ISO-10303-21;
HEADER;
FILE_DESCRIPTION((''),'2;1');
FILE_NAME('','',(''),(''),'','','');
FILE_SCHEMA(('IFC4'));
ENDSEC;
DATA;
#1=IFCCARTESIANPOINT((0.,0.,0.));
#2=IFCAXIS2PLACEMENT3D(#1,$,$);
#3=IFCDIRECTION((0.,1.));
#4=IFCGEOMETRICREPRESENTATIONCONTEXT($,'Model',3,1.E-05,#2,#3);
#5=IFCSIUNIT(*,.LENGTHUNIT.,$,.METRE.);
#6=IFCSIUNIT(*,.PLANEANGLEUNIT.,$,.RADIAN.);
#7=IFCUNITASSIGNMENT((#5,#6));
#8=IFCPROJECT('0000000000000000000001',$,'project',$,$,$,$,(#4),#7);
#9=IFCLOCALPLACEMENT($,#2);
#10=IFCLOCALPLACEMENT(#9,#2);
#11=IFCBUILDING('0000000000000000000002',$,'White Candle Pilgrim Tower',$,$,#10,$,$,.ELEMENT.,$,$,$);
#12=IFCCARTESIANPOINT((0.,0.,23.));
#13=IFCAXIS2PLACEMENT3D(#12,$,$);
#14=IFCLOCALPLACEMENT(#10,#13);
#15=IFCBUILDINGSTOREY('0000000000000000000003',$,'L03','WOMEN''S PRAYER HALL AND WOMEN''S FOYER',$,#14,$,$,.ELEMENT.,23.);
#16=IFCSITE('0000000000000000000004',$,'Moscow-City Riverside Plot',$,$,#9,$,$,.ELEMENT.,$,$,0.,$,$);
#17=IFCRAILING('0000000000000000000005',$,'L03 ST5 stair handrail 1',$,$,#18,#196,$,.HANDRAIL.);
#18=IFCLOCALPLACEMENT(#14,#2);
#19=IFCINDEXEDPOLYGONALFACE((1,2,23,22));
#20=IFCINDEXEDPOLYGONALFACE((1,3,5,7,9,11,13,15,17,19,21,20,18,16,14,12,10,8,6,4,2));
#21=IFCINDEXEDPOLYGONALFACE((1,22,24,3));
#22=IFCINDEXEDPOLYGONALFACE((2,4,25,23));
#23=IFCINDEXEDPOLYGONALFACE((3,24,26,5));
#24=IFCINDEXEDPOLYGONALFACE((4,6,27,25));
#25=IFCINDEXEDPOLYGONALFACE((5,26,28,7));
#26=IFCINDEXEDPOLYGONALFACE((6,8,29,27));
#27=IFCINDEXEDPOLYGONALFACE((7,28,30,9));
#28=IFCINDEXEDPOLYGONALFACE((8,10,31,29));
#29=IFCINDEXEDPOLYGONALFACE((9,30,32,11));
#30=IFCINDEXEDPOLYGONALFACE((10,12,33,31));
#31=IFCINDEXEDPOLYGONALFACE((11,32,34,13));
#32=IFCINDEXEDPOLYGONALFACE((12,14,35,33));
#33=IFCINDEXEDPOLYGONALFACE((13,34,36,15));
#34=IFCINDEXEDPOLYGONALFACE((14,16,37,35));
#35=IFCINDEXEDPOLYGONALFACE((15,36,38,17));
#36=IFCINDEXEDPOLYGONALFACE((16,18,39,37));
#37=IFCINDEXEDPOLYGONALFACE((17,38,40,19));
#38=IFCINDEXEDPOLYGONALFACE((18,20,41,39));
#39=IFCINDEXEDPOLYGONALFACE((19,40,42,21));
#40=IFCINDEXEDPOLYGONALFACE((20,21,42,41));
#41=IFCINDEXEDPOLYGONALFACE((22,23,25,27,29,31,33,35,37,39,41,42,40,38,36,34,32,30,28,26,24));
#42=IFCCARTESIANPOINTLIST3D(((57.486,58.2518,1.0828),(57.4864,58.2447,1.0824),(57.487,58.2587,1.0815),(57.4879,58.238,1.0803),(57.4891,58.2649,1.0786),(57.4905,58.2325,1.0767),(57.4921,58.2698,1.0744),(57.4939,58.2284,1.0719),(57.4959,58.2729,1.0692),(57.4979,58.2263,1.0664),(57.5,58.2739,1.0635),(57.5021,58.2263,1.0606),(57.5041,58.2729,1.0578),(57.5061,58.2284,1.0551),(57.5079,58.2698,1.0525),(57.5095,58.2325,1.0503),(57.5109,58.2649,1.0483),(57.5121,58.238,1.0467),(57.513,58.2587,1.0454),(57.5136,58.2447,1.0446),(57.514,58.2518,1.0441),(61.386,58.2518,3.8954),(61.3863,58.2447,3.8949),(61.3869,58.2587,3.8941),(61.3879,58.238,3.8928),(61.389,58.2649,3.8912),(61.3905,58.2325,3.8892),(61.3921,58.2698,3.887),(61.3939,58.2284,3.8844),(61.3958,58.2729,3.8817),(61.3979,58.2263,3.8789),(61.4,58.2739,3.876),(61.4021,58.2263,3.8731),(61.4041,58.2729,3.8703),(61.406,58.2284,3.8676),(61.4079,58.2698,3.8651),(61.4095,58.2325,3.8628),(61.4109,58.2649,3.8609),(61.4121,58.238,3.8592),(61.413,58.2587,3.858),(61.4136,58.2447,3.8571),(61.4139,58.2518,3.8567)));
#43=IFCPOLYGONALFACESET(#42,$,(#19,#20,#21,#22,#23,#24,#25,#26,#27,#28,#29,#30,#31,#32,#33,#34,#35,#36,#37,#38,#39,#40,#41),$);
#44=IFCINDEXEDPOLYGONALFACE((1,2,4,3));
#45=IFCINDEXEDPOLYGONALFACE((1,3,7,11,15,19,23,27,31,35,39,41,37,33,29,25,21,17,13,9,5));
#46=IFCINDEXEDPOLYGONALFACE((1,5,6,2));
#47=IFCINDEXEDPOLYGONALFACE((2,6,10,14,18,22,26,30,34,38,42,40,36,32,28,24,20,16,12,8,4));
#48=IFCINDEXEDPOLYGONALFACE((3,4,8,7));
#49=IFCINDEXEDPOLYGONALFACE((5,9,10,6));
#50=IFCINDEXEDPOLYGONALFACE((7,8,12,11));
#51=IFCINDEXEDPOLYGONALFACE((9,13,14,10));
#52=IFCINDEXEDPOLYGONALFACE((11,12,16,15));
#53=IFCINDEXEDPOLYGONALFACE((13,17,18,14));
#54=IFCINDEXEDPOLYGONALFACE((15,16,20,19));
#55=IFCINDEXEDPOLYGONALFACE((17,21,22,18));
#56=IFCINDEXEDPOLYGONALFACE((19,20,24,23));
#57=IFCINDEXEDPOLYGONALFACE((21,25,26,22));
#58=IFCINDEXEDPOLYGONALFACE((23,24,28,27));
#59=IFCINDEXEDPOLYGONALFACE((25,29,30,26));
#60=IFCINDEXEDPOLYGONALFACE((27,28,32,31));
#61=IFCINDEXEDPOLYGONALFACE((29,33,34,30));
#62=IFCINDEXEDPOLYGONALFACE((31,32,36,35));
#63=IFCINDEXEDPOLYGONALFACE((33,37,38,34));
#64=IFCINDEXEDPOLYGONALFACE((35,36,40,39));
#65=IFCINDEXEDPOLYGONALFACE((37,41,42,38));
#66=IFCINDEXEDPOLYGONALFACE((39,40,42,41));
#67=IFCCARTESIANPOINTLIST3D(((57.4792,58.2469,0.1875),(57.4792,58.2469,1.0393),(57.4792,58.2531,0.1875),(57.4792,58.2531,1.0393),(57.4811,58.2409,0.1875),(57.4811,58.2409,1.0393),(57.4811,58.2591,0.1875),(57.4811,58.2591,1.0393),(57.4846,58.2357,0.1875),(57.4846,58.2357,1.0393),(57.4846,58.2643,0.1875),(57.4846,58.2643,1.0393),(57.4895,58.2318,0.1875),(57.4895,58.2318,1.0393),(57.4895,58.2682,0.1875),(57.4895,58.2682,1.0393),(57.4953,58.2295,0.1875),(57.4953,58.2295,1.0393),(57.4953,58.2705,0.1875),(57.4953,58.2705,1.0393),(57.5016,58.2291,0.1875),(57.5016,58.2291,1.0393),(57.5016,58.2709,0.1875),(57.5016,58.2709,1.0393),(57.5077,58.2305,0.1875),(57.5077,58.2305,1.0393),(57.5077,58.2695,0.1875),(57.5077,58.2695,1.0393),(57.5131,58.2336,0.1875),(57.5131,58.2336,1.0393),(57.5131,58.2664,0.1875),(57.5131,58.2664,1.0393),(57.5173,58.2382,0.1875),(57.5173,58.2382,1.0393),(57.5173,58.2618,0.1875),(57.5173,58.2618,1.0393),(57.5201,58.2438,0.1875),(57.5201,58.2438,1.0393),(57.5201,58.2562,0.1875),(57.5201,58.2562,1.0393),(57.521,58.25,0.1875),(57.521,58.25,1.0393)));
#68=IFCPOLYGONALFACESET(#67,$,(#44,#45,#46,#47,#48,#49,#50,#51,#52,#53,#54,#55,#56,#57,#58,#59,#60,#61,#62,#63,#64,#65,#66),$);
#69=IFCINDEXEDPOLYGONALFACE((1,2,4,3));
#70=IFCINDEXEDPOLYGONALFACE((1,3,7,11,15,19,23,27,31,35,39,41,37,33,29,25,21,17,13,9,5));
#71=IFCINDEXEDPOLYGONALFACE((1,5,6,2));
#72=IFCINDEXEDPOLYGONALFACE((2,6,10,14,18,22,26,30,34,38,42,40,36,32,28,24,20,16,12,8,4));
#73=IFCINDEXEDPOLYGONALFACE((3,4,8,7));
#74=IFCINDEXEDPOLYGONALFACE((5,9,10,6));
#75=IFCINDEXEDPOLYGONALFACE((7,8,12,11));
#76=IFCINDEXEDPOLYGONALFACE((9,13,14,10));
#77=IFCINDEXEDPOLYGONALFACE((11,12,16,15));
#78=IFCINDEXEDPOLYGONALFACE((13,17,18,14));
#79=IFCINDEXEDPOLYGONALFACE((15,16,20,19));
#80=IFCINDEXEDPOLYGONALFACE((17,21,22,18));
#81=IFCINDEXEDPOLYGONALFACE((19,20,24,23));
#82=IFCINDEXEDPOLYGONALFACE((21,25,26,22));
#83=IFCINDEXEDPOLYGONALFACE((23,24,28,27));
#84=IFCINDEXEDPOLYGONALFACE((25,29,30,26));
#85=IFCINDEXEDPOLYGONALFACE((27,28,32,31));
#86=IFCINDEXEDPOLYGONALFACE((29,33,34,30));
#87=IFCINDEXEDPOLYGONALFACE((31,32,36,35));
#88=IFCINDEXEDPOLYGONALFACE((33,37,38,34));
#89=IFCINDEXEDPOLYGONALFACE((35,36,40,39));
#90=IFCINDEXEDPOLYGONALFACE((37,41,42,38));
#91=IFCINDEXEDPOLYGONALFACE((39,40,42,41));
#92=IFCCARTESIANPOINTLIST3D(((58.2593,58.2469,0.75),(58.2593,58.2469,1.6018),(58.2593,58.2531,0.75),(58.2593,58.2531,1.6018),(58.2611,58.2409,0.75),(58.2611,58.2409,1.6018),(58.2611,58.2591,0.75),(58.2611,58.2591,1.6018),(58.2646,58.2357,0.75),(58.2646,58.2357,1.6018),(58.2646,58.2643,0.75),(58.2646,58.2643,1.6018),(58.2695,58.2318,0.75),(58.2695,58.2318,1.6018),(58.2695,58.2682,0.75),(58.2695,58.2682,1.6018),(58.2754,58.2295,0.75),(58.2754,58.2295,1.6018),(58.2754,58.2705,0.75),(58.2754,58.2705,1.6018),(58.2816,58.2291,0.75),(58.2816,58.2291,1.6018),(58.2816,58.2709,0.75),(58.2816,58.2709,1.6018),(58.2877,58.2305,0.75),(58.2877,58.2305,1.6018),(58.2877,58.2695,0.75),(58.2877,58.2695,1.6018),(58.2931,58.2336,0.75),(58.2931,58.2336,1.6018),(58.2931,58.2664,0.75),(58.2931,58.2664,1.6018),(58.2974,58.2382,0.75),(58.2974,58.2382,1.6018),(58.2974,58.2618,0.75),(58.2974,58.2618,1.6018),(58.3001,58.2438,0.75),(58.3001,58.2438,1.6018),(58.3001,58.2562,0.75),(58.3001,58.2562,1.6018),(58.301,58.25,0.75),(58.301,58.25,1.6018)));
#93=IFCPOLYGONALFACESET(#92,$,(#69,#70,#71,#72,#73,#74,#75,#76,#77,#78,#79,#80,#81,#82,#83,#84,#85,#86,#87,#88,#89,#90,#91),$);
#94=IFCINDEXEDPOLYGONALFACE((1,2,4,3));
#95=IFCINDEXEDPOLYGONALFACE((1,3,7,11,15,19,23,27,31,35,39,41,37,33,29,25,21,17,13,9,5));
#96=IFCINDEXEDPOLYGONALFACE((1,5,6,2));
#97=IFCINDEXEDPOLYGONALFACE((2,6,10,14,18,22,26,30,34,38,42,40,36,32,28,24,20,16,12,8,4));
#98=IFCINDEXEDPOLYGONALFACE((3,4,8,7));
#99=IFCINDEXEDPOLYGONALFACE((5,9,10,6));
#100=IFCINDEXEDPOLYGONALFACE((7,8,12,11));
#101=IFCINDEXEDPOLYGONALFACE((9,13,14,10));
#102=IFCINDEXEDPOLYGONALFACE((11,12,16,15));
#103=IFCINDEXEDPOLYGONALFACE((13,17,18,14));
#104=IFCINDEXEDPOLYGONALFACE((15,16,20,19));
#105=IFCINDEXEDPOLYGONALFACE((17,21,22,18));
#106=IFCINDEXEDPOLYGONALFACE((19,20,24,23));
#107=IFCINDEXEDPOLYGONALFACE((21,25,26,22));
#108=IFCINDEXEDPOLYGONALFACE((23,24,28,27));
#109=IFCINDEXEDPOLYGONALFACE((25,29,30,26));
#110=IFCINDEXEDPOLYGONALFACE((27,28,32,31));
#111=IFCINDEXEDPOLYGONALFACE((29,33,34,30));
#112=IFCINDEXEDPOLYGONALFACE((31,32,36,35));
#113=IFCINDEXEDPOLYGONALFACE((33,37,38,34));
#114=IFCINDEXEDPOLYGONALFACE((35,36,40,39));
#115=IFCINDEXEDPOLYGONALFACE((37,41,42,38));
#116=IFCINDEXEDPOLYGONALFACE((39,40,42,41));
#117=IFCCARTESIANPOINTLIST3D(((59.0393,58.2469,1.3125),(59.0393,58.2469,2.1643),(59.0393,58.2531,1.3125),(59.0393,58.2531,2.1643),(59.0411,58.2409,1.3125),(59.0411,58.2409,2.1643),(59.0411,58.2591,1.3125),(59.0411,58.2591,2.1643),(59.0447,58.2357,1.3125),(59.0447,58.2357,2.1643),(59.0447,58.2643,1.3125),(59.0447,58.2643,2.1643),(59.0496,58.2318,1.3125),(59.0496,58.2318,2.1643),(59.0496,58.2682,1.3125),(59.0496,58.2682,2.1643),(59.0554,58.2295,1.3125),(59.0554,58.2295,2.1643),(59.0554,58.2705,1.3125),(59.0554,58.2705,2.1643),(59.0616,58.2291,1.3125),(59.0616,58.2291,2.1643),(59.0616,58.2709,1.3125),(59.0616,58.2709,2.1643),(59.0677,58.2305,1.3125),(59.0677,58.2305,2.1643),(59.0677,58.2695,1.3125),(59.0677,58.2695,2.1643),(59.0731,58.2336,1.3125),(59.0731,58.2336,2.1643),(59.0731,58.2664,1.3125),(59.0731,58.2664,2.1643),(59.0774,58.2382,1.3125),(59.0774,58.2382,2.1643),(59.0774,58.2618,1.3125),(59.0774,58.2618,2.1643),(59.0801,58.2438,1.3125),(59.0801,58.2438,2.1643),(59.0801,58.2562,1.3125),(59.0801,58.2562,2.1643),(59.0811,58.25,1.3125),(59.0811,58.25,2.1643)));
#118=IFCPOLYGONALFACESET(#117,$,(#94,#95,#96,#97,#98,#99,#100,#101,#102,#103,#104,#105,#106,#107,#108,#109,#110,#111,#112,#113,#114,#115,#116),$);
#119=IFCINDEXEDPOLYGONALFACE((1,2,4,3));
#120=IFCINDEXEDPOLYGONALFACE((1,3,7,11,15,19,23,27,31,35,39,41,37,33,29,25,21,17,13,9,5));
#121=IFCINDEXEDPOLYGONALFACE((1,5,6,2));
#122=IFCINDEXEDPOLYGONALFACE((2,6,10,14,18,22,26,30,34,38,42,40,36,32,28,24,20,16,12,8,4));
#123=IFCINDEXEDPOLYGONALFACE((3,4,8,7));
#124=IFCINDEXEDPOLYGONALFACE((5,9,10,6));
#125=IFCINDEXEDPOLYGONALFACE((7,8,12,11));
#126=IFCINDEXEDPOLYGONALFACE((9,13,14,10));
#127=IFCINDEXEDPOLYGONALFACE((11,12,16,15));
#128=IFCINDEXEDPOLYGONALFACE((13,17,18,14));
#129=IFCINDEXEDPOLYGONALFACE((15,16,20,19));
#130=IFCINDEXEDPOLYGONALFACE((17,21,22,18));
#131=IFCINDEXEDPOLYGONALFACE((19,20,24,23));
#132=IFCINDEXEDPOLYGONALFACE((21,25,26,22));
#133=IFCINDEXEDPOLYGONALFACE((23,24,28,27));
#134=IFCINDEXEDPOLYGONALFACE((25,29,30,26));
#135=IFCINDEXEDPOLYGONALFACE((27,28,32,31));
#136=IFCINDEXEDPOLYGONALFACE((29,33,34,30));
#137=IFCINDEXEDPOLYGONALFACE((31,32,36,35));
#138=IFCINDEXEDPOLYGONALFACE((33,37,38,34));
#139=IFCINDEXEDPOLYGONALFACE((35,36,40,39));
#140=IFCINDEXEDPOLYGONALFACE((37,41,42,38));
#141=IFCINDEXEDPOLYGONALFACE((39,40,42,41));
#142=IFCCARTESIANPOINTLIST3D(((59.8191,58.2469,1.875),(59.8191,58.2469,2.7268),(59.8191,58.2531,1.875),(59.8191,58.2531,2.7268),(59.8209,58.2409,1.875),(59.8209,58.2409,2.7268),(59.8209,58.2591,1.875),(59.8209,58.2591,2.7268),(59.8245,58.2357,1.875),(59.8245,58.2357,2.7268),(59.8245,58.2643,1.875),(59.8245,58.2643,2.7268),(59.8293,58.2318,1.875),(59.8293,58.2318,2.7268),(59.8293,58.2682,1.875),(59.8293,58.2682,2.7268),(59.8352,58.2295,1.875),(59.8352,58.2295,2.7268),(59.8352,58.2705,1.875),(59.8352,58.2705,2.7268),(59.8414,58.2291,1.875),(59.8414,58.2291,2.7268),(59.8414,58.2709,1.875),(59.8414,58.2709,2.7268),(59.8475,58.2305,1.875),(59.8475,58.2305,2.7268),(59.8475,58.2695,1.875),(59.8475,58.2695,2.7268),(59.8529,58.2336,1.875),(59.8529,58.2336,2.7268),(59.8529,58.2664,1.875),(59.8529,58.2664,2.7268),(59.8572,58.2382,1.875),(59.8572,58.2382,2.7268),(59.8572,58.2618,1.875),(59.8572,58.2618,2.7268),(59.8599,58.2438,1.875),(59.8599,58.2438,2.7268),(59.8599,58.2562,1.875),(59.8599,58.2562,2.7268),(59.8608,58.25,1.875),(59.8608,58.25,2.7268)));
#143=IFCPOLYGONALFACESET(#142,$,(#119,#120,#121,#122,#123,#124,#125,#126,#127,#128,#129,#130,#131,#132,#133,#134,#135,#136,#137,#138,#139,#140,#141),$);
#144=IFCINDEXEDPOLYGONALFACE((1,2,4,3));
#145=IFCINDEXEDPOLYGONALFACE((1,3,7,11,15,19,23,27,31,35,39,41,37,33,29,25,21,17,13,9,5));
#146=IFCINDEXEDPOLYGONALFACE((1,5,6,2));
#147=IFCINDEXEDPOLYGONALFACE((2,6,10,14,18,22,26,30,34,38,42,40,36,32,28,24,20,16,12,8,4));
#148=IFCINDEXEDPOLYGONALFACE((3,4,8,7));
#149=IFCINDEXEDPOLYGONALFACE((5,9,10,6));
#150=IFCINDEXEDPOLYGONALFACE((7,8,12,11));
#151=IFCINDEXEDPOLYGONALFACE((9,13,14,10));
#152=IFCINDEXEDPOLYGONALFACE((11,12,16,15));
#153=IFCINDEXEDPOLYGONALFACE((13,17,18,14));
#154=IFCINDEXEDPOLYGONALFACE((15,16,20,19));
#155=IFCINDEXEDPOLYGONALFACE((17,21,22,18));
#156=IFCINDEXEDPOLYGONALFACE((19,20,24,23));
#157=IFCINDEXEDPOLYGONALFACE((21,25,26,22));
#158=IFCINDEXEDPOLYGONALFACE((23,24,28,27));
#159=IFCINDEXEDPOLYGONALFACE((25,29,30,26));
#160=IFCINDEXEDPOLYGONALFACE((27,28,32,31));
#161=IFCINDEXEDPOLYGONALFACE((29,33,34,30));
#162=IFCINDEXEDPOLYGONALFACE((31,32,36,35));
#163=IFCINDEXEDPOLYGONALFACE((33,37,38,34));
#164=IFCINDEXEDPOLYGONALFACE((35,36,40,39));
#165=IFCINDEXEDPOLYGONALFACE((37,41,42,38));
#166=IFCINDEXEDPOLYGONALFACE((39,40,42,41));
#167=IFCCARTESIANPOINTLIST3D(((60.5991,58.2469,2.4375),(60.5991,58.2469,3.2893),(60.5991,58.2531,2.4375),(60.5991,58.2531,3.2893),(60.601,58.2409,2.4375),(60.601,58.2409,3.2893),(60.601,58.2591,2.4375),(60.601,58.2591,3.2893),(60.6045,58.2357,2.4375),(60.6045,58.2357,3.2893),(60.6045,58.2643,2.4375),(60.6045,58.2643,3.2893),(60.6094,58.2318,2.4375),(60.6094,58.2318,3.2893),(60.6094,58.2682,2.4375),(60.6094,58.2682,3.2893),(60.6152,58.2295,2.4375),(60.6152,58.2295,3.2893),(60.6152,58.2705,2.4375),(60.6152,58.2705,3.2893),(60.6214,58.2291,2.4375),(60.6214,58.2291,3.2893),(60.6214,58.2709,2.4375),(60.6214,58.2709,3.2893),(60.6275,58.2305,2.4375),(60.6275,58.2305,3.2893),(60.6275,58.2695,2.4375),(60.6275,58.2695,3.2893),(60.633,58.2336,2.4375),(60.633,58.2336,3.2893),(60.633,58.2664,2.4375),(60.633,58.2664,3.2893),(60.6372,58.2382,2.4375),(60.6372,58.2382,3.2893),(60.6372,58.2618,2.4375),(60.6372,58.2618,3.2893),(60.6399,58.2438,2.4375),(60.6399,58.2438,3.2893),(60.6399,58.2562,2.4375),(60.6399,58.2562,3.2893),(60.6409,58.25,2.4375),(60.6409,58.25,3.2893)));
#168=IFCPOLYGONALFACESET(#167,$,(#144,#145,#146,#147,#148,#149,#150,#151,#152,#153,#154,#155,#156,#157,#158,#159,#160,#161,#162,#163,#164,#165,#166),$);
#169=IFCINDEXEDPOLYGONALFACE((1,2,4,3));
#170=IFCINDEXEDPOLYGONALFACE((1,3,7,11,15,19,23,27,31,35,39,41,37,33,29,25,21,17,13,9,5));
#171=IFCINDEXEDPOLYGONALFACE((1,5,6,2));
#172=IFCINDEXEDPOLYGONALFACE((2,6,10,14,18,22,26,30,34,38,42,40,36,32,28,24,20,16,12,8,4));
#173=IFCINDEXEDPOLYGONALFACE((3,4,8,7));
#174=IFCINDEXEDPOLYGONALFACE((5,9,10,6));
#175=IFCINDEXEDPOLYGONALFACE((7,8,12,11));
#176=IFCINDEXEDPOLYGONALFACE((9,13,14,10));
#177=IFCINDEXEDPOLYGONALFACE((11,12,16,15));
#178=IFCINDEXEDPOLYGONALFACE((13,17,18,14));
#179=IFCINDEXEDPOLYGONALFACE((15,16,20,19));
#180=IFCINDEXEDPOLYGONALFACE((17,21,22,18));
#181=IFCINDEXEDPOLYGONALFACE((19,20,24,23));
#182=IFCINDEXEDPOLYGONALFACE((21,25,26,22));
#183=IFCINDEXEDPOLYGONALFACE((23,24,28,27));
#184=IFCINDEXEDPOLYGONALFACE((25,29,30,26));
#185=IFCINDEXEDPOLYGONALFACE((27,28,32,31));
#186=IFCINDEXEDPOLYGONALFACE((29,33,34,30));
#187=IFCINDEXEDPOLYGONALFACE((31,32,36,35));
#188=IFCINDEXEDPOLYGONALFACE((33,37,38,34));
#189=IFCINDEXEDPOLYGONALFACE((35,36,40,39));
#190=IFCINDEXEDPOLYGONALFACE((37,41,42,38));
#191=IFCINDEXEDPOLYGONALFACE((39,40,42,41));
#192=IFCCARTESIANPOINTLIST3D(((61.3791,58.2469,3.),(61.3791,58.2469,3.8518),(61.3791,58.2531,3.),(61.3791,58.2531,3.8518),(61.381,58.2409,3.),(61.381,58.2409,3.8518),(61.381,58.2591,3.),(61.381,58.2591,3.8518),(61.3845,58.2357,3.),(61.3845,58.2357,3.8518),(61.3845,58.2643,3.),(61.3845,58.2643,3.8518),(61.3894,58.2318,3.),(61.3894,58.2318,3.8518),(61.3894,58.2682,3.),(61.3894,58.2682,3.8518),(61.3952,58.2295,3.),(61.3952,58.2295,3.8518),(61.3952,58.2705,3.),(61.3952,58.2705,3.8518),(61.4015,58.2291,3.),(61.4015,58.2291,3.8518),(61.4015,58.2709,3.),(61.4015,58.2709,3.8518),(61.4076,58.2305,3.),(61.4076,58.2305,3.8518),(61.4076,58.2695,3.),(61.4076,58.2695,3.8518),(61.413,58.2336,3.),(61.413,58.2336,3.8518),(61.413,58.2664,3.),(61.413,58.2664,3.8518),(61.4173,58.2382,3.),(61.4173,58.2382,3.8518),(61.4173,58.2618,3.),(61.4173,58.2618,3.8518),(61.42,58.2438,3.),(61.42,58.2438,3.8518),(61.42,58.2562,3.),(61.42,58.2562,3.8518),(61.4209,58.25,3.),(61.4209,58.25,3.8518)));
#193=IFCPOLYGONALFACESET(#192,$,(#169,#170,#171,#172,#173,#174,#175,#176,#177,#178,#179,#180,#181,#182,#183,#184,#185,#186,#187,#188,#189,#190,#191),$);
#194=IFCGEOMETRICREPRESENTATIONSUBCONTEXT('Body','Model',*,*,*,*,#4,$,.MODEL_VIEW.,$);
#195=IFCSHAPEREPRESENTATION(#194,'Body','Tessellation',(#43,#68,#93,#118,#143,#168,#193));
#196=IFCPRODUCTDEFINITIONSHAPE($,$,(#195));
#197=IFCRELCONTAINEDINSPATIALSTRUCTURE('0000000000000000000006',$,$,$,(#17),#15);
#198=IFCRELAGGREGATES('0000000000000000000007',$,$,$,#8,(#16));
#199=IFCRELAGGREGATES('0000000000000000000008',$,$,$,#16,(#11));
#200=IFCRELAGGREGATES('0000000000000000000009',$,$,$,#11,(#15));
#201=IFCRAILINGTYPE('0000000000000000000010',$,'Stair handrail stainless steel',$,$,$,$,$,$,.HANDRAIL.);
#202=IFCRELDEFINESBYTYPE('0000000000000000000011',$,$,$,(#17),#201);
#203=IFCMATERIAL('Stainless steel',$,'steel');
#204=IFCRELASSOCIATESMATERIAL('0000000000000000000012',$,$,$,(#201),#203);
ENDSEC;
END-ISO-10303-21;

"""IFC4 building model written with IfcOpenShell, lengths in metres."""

from ifc_helpers import new_model, si_unit, direction, frame, origin, origin_2d, place, context, subcontext, project, spatial, circle, extrude, material, type_object, element, save


model = new_model("IFC4")

# Units and contexts
model_context = context("Model", 3, precision=1e-05, world=origin(), true_north=direction((0.0, 1.0)))
body_context = subcontext(model_context, "Body", "Model", "MODEL_VIEW")
ifc_project = project(units=[si_unit("LENGTHUNIT", "METRE"), si_unit("PLANEANGLEUNIT", "RADIAN")], contexts=[model_context])

# Site, building, storey
site_placement = place(None, origin())
site = spatial("IfcSite", under=ifc_project, at=site_placement, Name="Moscow-City Riverside Plot", CompositionType="ELEMENT", RefElevation=0.0)
building_placement = place(site_placement, origin())
building = spatial("IfcBuilding", under=site, at=building_placement, Name="White Candle Pilgrim Tower", CompositionType="ELEMENT")
storey_placement = place(building_placement, frame((0.0, 0.0, 23.0)))
storey = spatial("IfcBuildingStorey", under=building, at=storey_placement, Name="L03", Description="WOMEN'S PRAYER HALL AND WOMEN'S FOYER", CompositionType="ELEMENT", Elevation=23.0)

# Railing
ifc_material_1 = material(Name="Stainless steel", Category="steel")
railing_type_1 = type_object("IfcRailingType", Name="Stair handrail stainless steel", PredefinedType="HANDRAIL", material=ifc_material_1)
railing_1_placement = place(storey_placement, frame((57.5, 58.25, 0.1875)))
element("IfcRailing", 1, at=railing_1_placement, inside=storey, type_object=railing_type_1, Name="L03 ST5 stair handrail 1", PredefinedType="HANDRAIL", context=body_context, shape_type="SweptSolid", body=[
    extrude(circle(Radius=0.0239, at=origin_2d()), frame((0.0, 0.0, 0.876), z_axis=(0.811083, 0.0, 0.584931), x_axis=(0.0, 1.0, 0.0)), (0.0, 0.0, 1.0), 4.8083),
    extrude(circle(Radius=0.021, at=origin_2d()), origin(), (0.0, 0.0, 1.0), 0.8518),
    extrude(circle(Radius=0.021, at=origin_2d()), frame((0.78, 0.0, 0.5625)), (0.0, 0.0, 1.0), 0.8518),
    extrude(circle(Radius=0.021, at=origin_2d()), frame((1.5601, 0.0, 1.125)), (0.0, 0.0, 1.0), 0.8518),
    extrude(circle(Radius=0.021, at=origin_2d()), frame((2.3398, 0.0, 1.6875)), (0.0, 0.0, 1.0), 0.8518),
    extrude(circle(Radius=0.021, at=origin_2d()), frame((3.1199, 0.0, 2.25)), (0.0, 0.0, 1.0), 0.8518),
    extrude(circle(Radius=0.021, at=origin_2d()), frame((3.8999, 0.0, 2.8125)), (0.0, 0.0, 1.0), 0.8518),
])

save(model, "model.ifc")
